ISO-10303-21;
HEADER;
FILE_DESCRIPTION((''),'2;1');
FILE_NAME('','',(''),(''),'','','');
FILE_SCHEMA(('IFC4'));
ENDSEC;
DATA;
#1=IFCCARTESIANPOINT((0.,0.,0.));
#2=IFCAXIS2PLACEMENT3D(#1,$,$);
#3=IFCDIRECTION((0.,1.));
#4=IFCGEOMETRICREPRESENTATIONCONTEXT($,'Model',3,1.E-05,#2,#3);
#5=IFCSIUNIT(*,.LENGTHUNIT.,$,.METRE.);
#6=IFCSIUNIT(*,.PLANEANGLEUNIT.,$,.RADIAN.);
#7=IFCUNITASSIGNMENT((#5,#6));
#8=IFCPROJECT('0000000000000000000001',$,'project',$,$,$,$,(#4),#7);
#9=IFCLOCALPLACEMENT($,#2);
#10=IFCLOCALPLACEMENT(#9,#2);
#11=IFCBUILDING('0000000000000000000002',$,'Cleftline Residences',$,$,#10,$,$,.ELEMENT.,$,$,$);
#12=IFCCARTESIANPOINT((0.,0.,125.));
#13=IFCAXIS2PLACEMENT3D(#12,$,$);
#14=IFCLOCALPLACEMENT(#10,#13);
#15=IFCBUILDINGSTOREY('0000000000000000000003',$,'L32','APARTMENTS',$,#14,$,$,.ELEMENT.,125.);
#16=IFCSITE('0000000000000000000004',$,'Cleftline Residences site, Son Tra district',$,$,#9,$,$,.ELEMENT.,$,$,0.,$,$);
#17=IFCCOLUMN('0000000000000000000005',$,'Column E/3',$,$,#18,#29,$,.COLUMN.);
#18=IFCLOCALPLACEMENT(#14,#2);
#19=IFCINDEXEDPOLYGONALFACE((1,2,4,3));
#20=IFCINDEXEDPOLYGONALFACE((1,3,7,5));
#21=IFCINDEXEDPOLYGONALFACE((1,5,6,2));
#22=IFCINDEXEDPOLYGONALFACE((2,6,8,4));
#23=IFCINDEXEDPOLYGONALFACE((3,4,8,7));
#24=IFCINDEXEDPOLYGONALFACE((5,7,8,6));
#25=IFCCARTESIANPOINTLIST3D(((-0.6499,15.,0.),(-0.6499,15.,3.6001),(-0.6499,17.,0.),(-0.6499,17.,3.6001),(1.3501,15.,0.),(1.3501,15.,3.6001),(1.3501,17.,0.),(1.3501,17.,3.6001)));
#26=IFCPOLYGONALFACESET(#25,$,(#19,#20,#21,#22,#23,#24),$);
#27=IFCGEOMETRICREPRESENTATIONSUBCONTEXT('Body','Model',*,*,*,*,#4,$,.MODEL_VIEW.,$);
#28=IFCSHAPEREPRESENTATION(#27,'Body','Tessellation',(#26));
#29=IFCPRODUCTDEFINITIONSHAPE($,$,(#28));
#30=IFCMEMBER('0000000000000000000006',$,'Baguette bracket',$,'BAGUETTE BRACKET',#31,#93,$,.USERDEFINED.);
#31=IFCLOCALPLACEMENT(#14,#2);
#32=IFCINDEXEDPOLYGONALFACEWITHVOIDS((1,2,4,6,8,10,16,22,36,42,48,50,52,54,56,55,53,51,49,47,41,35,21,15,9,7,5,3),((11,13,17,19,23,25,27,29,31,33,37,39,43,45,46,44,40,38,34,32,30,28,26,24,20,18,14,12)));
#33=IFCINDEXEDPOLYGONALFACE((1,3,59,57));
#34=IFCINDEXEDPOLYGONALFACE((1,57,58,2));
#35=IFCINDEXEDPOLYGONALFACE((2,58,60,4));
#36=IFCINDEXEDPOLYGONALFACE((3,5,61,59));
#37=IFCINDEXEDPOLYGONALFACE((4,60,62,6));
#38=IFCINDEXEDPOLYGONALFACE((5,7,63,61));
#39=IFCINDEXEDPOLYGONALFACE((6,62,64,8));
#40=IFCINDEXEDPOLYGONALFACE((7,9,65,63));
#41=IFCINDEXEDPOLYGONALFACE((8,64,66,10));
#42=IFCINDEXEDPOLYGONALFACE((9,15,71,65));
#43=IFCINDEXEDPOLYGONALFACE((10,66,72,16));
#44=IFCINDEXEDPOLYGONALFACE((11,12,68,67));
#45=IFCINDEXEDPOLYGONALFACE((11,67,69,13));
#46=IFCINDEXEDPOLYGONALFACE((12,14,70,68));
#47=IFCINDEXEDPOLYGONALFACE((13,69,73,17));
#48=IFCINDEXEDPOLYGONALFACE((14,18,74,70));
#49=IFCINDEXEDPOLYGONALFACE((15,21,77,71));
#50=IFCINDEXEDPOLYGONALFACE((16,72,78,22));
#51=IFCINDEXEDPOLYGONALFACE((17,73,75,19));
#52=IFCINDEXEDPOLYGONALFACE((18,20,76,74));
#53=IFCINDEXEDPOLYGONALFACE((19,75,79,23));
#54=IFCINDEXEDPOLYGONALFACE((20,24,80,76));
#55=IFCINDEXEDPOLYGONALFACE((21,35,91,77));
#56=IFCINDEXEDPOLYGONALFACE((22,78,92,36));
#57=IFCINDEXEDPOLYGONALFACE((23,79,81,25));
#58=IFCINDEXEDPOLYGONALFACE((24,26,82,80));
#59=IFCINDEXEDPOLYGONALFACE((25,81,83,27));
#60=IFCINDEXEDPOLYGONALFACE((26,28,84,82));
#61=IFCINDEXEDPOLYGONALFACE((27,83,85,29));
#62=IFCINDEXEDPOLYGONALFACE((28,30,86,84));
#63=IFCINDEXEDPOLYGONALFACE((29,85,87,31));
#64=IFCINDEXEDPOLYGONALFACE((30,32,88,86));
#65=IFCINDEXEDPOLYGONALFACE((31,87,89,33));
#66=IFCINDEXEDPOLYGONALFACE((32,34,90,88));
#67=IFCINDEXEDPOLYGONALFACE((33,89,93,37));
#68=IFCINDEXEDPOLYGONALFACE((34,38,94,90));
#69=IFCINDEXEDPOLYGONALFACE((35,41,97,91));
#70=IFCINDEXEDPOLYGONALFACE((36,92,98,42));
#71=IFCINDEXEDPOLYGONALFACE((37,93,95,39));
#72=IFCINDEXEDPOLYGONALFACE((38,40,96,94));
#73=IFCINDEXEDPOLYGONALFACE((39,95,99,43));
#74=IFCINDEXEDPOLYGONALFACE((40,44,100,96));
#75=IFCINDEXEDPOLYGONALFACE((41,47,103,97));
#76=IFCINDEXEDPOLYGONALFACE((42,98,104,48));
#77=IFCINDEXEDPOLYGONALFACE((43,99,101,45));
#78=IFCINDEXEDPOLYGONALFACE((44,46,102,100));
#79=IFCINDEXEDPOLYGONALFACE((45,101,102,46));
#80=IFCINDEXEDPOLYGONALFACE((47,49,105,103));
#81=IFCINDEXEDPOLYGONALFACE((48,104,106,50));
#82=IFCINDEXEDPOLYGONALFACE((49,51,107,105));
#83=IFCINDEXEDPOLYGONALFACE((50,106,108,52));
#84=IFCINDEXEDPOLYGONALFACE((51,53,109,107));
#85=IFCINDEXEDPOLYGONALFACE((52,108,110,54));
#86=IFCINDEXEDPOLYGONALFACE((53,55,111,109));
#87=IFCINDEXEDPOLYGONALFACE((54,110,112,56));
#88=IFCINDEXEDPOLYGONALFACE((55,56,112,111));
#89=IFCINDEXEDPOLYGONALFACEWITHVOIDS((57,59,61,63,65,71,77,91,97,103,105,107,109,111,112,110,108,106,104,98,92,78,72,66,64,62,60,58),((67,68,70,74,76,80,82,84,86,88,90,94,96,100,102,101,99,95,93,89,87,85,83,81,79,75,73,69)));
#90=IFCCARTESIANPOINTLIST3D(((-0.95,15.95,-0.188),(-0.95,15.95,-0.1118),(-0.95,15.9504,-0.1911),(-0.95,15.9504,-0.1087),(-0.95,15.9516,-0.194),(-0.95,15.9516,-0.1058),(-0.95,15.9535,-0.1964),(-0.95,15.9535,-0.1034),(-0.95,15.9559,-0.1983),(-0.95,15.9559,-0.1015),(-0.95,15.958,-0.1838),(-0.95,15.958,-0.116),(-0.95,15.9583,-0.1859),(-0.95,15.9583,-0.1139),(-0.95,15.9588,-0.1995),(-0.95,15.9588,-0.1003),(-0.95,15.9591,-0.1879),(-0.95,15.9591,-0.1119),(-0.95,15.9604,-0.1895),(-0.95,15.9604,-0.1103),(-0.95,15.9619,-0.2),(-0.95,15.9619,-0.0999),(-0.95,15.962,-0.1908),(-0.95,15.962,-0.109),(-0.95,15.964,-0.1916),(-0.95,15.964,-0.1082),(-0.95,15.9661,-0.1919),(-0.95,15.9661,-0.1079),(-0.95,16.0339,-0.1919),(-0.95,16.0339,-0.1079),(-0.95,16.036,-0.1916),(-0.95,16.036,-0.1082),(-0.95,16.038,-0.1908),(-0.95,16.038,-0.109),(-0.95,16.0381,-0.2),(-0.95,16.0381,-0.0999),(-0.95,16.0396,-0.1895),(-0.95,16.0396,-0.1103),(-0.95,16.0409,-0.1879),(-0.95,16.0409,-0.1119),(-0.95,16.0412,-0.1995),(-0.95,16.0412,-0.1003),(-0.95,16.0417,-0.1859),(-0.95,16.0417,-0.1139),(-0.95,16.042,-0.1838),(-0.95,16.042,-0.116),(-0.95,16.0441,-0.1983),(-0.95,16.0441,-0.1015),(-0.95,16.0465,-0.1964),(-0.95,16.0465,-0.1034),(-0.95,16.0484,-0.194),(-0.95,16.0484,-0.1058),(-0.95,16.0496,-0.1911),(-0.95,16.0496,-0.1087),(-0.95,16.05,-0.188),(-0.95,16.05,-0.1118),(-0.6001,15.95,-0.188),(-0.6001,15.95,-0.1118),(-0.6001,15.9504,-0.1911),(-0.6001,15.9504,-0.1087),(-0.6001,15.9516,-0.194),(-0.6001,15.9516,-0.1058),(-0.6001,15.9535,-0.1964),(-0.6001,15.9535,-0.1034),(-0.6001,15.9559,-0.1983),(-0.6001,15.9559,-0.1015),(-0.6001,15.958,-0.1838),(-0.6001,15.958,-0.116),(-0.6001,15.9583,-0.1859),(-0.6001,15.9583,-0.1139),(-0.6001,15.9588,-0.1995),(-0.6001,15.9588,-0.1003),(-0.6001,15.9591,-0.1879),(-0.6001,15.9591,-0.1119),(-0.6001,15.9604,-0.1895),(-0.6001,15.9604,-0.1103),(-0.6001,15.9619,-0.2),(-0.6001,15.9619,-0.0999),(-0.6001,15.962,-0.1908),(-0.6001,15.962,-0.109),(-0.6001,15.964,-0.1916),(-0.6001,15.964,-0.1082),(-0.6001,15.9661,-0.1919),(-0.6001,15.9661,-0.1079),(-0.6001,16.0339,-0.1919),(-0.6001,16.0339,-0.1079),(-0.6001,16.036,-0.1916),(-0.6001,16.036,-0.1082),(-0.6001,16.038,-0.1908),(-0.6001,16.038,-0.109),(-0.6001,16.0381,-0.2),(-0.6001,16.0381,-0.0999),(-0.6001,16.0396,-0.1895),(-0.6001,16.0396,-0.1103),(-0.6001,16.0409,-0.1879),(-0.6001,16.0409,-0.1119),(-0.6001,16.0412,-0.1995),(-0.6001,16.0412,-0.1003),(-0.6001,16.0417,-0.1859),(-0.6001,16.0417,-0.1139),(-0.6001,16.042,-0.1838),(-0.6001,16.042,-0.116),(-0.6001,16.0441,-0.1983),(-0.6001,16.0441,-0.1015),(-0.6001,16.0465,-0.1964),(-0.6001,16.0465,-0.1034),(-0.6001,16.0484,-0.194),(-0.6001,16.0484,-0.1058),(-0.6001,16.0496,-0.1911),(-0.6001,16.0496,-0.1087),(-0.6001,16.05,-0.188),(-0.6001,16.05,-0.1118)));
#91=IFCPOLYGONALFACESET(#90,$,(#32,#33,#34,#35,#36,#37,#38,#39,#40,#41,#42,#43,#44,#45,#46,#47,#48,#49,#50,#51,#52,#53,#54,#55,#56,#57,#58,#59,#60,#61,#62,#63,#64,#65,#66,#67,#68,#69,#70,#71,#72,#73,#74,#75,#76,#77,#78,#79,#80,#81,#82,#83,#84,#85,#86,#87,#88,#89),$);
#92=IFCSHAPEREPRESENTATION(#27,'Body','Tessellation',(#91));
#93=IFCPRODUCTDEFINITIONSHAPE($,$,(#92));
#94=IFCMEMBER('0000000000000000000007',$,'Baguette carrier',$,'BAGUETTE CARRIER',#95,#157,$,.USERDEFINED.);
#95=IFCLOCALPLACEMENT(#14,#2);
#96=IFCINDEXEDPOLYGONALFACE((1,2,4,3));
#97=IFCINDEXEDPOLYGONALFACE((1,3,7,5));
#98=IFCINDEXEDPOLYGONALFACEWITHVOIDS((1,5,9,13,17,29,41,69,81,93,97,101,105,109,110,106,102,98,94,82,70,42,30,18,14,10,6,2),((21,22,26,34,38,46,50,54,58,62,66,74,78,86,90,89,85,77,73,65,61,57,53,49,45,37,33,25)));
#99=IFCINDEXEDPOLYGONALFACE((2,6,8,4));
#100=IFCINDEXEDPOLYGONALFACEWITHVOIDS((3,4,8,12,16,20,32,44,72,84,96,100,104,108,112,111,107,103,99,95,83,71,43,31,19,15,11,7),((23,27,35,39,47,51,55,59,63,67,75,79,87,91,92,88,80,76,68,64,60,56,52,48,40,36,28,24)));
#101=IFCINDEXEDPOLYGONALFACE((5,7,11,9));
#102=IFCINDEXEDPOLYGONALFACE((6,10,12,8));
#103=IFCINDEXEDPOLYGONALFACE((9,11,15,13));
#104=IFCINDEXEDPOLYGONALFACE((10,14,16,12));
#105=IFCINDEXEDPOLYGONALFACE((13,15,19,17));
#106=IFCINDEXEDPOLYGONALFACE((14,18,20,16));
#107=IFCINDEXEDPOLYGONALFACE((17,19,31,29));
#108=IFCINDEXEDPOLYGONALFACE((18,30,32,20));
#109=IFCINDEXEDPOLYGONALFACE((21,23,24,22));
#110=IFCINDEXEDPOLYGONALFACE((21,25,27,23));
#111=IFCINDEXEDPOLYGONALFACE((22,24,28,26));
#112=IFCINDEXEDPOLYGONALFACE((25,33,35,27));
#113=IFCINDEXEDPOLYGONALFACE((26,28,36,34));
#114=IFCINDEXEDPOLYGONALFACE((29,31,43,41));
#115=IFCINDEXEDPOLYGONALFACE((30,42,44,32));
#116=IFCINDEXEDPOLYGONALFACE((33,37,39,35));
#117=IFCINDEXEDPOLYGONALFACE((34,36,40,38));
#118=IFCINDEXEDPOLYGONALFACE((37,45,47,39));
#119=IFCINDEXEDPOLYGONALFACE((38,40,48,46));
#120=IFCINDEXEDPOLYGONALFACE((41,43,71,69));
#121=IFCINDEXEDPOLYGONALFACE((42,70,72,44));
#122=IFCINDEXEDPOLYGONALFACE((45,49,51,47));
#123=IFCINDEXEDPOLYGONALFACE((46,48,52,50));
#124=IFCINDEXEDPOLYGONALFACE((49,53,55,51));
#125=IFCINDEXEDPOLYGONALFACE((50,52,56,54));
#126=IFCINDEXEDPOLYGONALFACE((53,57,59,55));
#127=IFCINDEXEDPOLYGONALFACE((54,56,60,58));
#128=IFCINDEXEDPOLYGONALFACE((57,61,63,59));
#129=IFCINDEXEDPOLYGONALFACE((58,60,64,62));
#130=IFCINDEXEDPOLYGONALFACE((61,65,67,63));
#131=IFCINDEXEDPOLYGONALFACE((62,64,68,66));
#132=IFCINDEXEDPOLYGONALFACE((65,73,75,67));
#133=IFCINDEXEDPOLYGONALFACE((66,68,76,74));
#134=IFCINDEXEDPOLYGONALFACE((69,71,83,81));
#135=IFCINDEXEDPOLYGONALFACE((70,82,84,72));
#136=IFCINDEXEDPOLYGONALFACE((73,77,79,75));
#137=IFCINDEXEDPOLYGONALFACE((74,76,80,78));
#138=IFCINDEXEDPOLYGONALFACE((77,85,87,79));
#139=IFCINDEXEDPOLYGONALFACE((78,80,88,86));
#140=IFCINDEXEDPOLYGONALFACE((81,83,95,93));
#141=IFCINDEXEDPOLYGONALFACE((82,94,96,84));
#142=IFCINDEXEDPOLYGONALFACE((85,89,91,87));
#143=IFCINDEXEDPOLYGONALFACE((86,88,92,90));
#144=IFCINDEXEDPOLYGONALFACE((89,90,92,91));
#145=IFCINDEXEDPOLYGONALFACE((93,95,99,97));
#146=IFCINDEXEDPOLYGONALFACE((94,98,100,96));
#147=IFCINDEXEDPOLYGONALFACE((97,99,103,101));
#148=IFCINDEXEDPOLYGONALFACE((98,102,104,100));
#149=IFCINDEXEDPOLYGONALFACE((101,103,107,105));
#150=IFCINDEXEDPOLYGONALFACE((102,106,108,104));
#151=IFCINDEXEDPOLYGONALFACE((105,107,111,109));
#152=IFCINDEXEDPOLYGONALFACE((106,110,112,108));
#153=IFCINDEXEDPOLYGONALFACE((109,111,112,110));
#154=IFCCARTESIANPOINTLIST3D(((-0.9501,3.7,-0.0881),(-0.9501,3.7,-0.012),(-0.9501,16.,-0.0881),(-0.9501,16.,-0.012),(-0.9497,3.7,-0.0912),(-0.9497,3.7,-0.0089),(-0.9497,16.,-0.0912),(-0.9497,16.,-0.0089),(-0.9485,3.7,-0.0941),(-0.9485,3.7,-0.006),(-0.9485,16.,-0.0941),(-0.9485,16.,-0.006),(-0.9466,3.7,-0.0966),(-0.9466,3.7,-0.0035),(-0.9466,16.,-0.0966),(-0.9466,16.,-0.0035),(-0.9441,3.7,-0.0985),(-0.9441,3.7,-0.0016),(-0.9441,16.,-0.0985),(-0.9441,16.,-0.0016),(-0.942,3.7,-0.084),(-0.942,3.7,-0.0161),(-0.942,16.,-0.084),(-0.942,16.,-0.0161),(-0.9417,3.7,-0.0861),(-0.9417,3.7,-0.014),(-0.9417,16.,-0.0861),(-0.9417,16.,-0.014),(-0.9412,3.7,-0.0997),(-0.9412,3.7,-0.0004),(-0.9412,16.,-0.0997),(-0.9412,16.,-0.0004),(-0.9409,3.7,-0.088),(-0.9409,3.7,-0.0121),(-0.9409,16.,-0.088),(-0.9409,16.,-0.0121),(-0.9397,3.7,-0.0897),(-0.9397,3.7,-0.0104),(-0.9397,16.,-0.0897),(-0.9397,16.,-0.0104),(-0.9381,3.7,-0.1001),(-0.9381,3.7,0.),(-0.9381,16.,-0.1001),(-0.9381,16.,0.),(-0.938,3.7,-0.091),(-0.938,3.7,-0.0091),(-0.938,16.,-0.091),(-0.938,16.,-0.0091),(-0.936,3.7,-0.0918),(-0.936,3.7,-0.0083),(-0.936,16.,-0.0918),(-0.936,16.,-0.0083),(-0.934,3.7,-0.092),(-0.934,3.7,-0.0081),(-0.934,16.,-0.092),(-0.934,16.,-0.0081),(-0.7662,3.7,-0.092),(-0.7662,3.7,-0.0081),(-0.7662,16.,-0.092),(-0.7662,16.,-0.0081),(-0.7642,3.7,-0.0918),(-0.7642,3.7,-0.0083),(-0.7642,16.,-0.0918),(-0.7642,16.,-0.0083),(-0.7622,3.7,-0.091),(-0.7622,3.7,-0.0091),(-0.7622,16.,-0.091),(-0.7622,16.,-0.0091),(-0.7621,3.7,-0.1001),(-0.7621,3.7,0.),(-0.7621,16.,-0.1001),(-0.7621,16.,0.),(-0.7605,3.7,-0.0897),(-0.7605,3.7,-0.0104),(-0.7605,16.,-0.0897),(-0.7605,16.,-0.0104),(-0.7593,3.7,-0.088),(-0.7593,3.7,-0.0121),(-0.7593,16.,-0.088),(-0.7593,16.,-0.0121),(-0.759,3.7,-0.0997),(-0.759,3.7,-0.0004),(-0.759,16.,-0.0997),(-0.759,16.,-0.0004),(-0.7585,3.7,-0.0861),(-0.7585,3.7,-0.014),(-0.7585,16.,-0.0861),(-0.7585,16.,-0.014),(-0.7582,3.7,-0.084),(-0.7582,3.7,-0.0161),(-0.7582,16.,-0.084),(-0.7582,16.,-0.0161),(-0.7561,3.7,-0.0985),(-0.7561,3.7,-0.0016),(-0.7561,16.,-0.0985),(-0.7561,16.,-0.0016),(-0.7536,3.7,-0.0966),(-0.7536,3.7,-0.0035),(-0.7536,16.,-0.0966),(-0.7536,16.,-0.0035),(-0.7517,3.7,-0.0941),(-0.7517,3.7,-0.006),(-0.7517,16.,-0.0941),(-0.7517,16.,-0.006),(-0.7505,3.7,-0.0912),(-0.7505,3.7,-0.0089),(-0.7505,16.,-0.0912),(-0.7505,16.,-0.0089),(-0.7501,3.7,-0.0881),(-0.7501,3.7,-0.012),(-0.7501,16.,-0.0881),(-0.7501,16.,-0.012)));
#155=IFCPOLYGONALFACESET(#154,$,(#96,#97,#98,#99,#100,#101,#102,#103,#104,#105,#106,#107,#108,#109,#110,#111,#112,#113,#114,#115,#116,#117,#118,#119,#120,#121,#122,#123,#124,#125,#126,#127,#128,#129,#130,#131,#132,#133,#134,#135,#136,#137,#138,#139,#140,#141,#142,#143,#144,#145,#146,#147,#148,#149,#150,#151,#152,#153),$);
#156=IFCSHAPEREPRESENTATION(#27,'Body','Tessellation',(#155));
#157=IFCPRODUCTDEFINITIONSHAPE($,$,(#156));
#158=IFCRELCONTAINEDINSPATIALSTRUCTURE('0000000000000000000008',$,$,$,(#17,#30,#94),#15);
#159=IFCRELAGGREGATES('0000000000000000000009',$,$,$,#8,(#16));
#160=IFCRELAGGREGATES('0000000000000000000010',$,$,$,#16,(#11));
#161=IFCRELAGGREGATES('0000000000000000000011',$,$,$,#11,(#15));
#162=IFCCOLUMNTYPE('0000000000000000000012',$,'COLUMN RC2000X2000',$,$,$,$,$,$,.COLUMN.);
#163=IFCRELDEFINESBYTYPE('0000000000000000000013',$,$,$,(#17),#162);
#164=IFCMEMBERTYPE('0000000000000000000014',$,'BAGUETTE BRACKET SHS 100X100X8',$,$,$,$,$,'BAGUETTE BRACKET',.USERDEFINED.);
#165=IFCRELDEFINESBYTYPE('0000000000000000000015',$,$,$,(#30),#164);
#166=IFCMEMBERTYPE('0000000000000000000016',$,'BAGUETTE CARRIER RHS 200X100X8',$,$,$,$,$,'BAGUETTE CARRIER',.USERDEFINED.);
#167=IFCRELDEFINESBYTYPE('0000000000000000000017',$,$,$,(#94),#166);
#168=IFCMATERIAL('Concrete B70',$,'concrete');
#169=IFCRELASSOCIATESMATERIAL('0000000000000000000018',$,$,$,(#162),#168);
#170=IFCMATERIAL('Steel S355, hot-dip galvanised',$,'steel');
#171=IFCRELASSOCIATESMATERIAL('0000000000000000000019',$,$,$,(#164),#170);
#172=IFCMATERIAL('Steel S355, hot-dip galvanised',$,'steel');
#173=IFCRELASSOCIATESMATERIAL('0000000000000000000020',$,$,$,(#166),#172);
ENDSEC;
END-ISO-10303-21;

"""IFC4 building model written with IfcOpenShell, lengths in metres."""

from ifc_helpers import new_model, si_unit, direction, frame, origin, origin_2d, place, context, subcontext, project, spatial, rectangle, hollow_rectangle, extrude, material, material_profile, profile_set, type_object, element, save


model = new_model("IFC4")

# Units and contexts
model_context = context("Model", 3, precision=1e-05, world=origin(), true_north=direction((0.0, 1.0)))
body_context = subcontext(model_context, "Body", "Model", "MODEL_VIEW")
ifc_project = project(units=[si_unit("LENGTHUNIT", "METRE"), si_unit("PLANEANGLEUNIT", "RADIAN")], contexts=[model_context])

# Site, building, storey
site_placement = place(None, origin())
site = spatial("IfcSite", under=ifc_project, at=site_placement, Name="Cleftline Residences site, Son Tra district", CompositionType="ELEMENT", RefElevation=0.0)
building_placement = place(site_placement, origin())
building = spatial("IfcBuilding", under=site, at=building_placement, Name="Cleftline Residences", CompositionType="ELEMENT")
storey_placement = place(building_placement, frame((0.0, 0.0, 125.0)))
storey = spatial("IfcBuildingStorey", under=building, at=storey_placement, Name="L32", Description="APARTMENTS", CompositionType="ELEMENT", Elevation=125.0)

# Column
ifc_material_1 = material(Name="Concrete B70", Category="concrete")
ifc_material_profile_1 = material_profile(ifc_material_1, rectangle(XDim=2.0, YDim=2.0, at=origin_2d()))
ifc_profile_set_1 = profile_set([ifc_material_profile_1], Name="Concrete B70")
column_type = type_object("IfcColumnType", Name="COLUMN RC2000X2000", PredefinedType="COLUMN", material=ifc_profile_set_1)
column_placement = place(storey_placement, frame((0.3501, 16.0, 0.0), z_axis=(0.0, 0.0, 1.0), x_axis=(1.0, 0.0, 0.0)))
element("IfcColumn", 1, at=column_placement, inside=storey, type_object=column_type, Name="Column E/3", PredefinedType="COLUMN", context=body_context, shape_type="SweptSolid", body=[
    extrude(rectangle(XDim=2.0, YDim=2.0, at=origin_2d()), origin(), (0.0, 0.0, 1.0), 3.6001),
])

# Members
ifc_material_2 = material(Name="Steel S355, hot-dip galvanised", Category="steel")
ifc_material_profile_2 = material_profile(ifc_material_2, hollow_rectangle(XDim=0.1001, YDim=0.1001, WallThickness=0.0081, InnerFilletRadius=0.0081, OuterFilletRadius=0.012, at=origin_2d()))
ifc_profile_set_2 = profile_set([ifc_material_profile_2], Name="Steel S355, hot-dip galvanised")
member_type_1 = type_object("IfcMemberType", Name="BAGUETTE BRACKET SHS 100X100X8", ElementType="BAGUETTE BRACKET", PredefinedType="USERDEFINED", material=ifc_profile_set_2)
member_1_placement = place(storey_placement, frame((-0.6001, 16.0, -0.1499), z_axis=(-1.0, 0.0, 0.0), x_axis=(0.0, -1.0, 0.0)))
element("IfcMember", 2, at=member_1_placement, inside=storey, type_object=member_type_1, Name="Baguette bracket", ObjectType="BAGUETTE BRACKET", PredefinedType="USERDEFINED", context=body_context, shape_type="SweptSolid", body=[
    extrude(hollow_rectangle(XDim=0.1001, YDim=0.1001, WallThickness=0.0081, InnerFilletRadius=0.0081, OuterFilletRadius=0.012, at=origin_2d()), origin(), (0.0, 0.0, 1.0), 0.3499),
])
ifc_material_3 = material(Name="Steel S355, hot-dip galvanised", Category="steel")
ifc_material_profile_3 = material_profile(ifc_material_3, hollow_rectangle(XDim=0.1001, YDim=0.2, WallThickness=0.0081, InnerFilletRadius=0.0081, OuterFilletRadius=0.012, at=origin_2d()))
ifc_profile_set_3 = profile_set([ifc_material_profile_3], Name="Steel S355, hot-dip galvanised")
member_type_2 = type_object("IfcMemberType", Name="BAGUETTE CARRIER RHS 200X100X8", ElementType="BAGUETTE CARRIER", PredefinedType="USERDEFINED", material=ifc_profile_set_3)
member_2_placement = place(storey_placement, frame((-0.8501, 16.0, -0.05), z_axis=(0.0, -1.0, 0.0), x_axis=(0.0, 0.0, 1.0)))
element("IfcMember", 3, at=member_2_placement, inside=storey, type_object=member_type_2, Name="Baguette carrier", ObjectType="BAGUETTE CARRIER", PredefinedType="USERDEFINED", context=body_context, shape_type="SweptSolid", body=[
    extrude(hollow_rectangle(XDim=0.1001, YDim=0.2, WallThickness=0.0081, InnerFilletRadius=0.0081, OuterFilletRadius=0.012, at=origin_2d()), origin(), (0.0, 0.0, 1.0), 12.3),
])

save(model, "model.ifc")
